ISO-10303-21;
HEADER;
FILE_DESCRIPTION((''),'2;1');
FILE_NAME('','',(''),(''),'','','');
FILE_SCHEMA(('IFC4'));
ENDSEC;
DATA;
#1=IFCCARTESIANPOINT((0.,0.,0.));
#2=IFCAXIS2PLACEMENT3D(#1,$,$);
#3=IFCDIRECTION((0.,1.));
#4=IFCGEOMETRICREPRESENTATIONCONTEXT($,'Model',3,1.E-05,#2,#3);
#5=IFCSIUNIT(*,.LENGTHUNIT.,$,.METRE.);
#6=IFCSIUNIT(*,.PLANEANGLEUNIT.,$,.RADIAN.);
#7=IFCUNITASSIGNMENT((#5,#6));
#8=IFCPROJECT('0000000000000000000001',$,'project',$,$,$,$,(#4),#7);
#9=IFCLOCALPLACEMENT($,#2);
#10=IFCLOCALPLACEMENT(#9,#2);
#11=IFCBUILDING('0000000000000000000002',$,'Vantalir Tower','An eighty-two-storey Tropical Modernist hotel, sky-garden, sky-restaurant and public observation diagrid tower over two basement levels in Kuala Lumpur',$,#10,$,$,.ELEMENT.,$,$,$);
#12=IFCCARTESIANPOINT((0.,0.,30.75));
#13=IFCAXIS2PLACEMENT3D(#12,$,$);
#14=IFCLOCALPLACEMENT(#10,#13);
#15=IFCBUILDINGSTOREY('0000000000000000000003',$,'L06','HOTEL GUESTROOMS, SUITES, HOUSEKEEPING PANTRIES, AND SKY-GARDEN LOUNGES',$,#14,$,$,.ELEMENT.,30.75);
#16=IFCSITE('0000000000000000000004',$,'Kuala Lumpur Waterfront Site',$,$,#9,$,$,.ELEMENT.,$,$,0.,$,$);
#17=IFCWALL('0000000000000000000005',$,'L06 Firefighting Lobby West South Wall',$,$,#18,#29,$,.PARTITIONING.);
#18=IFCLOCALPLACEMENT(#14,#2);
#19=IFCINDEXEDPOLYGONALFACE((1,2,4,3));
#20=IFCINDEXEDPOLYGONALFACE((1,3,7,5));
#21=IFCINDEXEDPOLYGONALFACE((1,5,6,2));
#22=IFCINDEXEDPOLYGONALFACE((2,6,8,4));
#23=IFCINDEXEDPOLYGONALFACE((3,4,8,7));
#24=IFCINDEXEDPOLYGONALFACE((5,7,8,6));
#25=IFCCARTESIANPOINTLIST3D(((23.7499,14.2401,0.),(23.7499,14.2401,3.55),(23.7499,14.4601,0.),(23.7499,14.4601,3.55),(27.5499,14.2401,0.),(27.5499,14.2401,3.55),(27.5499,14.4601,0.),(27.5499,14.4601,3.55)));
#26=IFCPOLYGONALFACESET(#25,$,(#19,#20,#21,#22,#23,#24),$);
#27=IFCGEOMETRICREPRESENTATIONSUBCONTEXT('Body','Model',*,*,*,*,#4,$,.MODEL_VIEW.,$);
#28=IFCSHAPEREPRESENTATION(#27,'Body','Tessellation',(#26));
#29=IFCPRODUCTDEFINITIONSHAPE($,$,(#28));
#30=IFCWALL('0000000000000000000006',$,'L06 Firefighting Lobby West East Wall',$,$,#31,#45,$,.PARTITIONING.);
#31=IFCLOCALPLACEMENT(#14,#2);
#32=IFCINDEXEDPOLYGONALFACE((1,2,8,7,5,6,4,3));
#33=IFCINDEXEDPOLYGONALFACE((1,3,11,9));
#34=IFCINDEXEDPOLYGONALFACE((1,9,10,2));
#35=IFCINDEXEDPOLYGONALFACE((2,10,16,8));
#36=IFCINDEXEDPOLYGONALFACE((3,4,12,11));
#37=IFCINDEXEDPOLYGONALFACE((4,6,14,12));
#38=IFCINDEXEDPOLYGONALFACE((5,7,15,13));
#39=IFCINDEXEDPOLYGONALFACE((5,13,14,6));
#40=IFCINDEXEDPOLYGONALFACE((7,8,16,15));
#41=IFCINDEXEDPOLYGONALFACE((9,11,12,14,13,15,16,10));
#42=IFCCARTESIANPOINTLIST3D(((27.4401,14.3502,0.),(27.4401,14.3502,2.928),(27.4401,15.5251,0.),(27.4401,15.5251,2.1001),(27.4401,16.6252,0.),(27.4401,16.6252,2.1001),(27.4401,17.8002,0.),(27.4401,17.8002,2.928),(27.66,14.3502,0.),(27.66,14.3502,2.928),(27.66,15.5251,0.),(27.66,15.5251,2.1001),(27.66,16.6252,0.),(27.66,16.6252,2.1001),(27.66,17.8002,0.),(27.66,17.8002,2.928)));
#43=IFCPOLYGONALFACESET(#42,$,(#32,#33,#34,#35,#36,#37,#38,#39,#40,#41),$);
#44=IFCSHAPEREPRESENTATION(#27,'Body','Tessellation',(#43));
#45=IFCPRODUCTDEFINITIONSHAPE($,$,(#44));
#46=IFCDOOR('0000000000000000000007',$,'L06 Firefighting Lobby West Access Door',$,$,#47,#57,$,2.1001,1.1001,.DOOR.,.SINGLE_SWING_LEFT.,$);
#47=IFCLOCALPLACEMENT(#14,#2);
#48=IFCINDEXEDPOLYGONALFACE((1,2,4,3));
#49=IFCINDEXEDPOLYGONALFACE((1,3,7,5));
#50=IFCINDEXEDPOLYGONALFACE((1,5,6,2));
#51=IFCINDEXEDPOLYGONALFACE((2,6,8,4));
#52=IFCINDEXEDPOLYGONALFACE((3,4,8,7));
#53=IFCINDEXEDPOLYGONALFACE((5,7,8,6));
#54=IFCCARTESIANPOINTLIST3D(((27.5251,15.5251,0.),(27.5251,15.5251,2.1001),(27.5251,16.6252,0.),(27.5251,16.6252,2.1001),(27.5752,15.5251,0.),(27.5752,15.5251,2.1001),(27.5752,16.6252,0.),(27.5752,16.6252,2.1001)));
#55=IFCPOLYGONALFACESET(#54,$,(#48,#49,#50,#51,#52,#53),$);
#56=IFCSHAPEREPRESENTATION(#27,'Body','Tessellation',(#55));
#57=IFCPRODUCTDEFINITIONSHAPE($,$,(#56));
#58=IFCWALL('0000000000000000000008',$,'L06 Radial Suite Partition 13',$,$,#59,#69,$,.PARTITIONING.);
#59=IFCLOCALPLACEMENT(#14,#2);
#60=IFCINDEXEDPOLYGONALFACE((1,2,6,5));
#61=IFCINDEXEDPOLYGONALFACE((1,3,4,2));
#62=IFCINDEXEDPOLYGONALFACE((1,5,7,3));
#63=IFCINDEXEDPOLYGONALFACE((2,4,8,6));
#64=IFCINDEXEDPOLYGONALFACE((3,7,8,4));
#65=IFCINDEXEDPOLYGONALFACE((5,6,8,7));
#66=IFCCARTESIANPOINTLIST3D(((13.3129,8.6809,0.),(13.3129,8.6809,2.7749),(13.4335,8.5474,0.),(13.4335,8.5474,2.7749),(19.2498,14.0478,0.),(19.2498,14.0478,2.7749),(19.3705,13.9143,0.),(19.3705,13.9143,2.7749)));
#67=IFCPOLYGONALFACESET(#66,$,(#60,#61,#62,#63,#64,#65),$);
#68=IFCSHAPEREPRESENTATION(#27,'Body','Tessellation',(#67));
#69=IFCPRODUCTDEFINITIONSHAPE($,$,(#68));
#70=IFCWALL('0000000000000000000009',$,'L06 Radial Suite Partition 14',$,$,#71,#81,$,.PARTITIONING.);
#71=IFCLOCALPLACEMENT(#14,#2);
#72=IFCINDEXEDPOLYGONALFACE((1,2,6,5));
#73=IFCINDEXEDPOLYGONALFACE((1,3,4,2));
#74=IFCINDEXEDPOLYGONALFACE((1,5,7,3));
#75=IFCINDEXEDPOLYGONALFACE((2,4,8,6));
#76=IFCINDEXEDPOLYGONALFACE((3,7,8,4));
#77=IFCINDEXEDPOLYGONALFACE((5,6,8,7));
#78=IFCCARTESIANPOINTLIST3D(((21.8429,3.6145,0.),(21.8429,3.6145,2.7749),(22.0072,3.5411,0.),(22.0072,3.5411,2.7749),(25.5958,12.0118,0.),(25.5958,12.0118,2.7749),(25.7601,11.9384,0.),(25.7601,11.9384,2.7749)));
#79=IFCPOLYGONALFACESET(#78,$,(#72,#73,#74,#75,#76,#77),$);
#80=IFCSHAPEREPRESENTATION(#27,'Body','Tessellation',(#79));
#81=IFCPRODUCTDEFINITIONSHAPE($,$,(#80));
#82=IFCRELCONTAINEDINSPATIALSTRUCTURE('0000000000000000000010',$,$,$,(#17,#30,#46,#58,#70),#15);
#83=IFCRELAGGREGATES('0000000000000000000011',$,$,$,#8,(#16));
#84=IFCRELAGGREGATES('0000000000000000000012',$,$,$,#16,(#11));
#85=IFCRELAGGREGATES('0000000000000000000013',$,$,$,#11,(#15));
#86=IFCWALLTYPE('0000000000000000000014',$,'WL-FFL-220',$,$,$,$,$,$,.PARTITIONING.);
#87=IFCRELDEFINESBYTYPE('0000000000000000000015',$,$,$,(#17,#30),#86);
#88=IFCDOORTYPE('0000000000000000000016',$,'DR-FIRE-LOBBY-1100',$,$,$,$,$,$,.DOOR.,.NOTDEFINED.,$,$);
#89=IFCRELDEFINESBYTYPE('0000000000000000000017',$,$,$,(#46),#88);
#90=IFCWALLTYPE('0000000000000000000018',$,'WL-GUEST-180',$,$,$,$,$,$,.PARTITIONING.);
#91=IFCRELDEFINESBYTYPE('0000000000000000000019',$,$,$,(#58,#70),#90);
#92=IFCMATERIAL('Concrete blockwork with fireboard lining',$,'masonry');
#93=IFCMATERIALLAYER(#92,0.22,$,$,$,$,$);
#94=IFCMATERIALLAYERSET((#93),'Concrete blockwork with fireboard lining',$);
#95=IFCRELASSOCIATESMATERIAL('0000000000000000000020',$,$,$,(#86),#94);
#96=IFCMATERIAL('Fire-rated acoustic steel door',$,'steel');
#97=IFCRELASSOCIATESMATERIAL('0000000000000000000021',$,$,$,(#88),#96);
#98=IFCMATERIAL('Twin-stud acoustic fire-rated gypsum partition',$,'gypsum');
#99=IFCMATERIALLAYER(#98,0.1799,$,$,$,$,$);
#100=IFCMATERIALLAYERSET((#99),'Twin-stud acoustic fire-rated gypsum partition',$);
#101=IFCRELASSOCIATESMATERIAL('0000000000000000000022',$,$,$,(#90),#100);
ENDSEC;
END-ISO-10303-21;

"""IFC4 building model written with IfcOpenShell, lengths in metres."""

from ifc_helpers import new_model, si_unit, direction, frame, frame_2d, origin, place, context, subcontext, project, spatial, rectangle, extrude, material, layer, layer_set, type_object, element, fill, save


model = new_model("IFC4")

# Units and contexts
model_context = context("Model", 3, precision=1e-05, world=origin(), true_north=direction((0.0, 1.0)))
body_context = subcontext(model_context, "Body", "Model", "MODEL_VIEW")
ifc_project = project(units=[si_unit("LENGTHUNIT", "METRE"), si_unit("PLANEANGLEUNIT", "RADIAN")], contexts=[model_context])

# Site, building, storey
site_placement = place(None, origin())
site = spatial("IfcSite", under=ifc_project, at=site_placement, Name="Kuala Lumpur Waterfront Site", CompositionType="ELEMENT", RefElevation=0.0)
building_placement = place(site_placement, origin())
building = spatial("IfcBuilding", under=site, at=building_placement, Name="Vantalir Tower", Description="An eighty-two-storey Tropical Modernist hotel, sky-garden, sky-restaurant and public observation diagrid tower over two basement levels in Kuala Lumpur", CompositionType="ELEMENT")
storey_placement = place(building_placement, frame((0.0, 0.0, 30.75)))
storey = spatial("IfcBuildingStorey", under=building, at=storey_placement, Name="L06", Description="HOTEL GUESTROOMS, SUITES, HOUSEKEEPING PANTRIES, AND SKY-GARDEN LOUNGES", CompositionType="ELEMENT", Elevation=30.75)

# Wall
ifc_material_1 = material(Name="Concrete blockwork with fireboard lining", Category="masonry")
ifc_layer_1 = layer(ifc_material_1, 0.22)
ifc_layer_set_1 = layer_set([ifc_layer_1], Name="Concrete blockwork with fireboard lining")
wall_type_1 = type_object("IfcWallType", Name="WL-FFL-220", PredefinedType="PARTITIONING", material=ifc_layer_set_1)
wall_1_placement = place(storey_placement, frame((23.75, 14.3501, 0.0), z_axis=(0.0, 0.0, 1.0), x_axis=(1.0, 0.0, 0.0)))
element("IfcWall", 1, at=wall_1_placement, inside=storey, type_object=wall_type_1, Name="L06 Firefighting Lobby West South Wall", PredefinedType="PARTITIONING", context=body_context, shape_type="SweptSolid", body=[
    extrude(rectangle(XDim=3.8, YDim=0.22, at=frame_2d((1.8999, 0.0))), origin(), (0.0, 0.0, 1.0), 3.55),
])

# Wall, opening, door
wall_2_placement = place(storey_placement, frame((27.55, 14.3501, 0.0), z_axis=(0.0, 0.0, 1.0), x_axis=(0.0, 1.0, 0.0)))
wall_2 = element("IfcWall", 2, at=wall_2_placement, inside=storey, type_object=wall_type_1, Name="L06 Firefighting Lobby West East Wall", PredefinedType="PARTITIONING", context=body_context, shape_type="SweptSolid", body=[
    extrude(rectangle(XDim=3.45, YDim=0.22, at=frame_2d((1.7251, 0.0))), origin(), (0.0, 0.0, 1.0), 2.928),
])
opening_1_placement = place(wall_2_placement, frame((1.175, 0.0, 0.0)))
opening_1 = element("IfcOpeningElement", 3, at=opening_1_placement, cuts=wall_2, PredefinedType="OPENING", context=body_context, shape_type="SweptSolid", body=[
    extrude(rectangle(XDim=1.1001, YDim=2.1001, at=frame_2d((0.55, 1.05))), frame((0.0, 0.1199, 0.0), z_axis=(0.0, -1.0, 0.0), x_axis=(1.0, 0.0, 0.0)), (0.0, 0.0, 1.0), 0.24),
])
ifc_material_2 = material(Name="Fire-rated acoustic steel door", Category="steel")
door_type_1 = type_object("IfcDoorType", Name="DR-FIRE-LOBBY-1100", OperationType="NOTDEFINED", PredefinedType="DOOR", material=ifc_material_2)
door_1_placement = place(opening_1_placement, origin())
door_1 = element("IfcDoor", 4, at=door_1_placement, inside=storey, type_object=door_type_1, Name="L06 Firefighting Lobby West Access Door", OperationType="SINGLE_SWING_LEFT", OverallHeight=2.1001, OverallWidth=1.1001, PredefinedType="DOOR", context=body_context, shape_type="SweptSolid", body=[
    extrude(rectangle(XDim=1.1001, YDim=2.1001, at=frame_2d((0.55, 1.05))), frame((0.0, 0.0249, 0.0), z_axis=(0.0, -1.0, 0.0), x_axis=(1.0, 0.0, 0.0)), (0.0, 0.0, 1.0), 0.05),
])
fill(opening_1, door_1)

# Walls
ifc_material_3 = material(Name="Twin-stud acoustic fire-rated gypsum partition", Category="gypsum")
ifc_layer_2 = layer(ifc_material_3, 0.1799)
ifc_layer_set_2 = layer_set([ifc_layer_2], Name="Twin-stud acoustic fire-rated gypsum partition")
wall_type_2 = type_object("IfcWallType", Name="WL-GUEST-180", PredefinedType="PARTITIONING", material=ifc_layer_set_2)
wall_3_placement = place(storey_placement, frame((19.3101, 13.981, 0.0), z_axis=(0.0, 0.0, 1.0), x_axis=(-0.741824, -0.670595, 0.0)))
element("IfcWall", 5, at=wall_3_placement, inside=storey, type_object=wall_type_2, Name="L06 Radial Suite Partition 13", PredefinedType="PARTITIONING", context=body_context, shape_type="SweptSolid", body=[
    extrude(rectangle(XDim=8.0032, YDim=0.1799, at=frame_2d((4.0015, 0.0))), origin(), (0.0, 0.0, 1.0), 2.7749),
])
wall_4_placement = place(storey_placement, frame((25.678, 11.9751, 0.0), z_axis=(0.0, 0.0, 1.0), x_axis=(-0.408029, -0.912969, 0.0)))
element("IfcWall", 6, at=wall_4_placement, inside=storey, type_object=wall_type_2, Name="L06 Radial Suite Partition 14", PredefinedType="PARTITIONING", context=body_context, shape_type="SweptSolid", body=[
    extrude(rectangle(XDim=9.1978, YDim=0.1799, at=frame_2d((4.5989, 0.0))), origin(), (0.0, 0.0, 1.0), 2.7749),
])

save(model, "model.ifc")
